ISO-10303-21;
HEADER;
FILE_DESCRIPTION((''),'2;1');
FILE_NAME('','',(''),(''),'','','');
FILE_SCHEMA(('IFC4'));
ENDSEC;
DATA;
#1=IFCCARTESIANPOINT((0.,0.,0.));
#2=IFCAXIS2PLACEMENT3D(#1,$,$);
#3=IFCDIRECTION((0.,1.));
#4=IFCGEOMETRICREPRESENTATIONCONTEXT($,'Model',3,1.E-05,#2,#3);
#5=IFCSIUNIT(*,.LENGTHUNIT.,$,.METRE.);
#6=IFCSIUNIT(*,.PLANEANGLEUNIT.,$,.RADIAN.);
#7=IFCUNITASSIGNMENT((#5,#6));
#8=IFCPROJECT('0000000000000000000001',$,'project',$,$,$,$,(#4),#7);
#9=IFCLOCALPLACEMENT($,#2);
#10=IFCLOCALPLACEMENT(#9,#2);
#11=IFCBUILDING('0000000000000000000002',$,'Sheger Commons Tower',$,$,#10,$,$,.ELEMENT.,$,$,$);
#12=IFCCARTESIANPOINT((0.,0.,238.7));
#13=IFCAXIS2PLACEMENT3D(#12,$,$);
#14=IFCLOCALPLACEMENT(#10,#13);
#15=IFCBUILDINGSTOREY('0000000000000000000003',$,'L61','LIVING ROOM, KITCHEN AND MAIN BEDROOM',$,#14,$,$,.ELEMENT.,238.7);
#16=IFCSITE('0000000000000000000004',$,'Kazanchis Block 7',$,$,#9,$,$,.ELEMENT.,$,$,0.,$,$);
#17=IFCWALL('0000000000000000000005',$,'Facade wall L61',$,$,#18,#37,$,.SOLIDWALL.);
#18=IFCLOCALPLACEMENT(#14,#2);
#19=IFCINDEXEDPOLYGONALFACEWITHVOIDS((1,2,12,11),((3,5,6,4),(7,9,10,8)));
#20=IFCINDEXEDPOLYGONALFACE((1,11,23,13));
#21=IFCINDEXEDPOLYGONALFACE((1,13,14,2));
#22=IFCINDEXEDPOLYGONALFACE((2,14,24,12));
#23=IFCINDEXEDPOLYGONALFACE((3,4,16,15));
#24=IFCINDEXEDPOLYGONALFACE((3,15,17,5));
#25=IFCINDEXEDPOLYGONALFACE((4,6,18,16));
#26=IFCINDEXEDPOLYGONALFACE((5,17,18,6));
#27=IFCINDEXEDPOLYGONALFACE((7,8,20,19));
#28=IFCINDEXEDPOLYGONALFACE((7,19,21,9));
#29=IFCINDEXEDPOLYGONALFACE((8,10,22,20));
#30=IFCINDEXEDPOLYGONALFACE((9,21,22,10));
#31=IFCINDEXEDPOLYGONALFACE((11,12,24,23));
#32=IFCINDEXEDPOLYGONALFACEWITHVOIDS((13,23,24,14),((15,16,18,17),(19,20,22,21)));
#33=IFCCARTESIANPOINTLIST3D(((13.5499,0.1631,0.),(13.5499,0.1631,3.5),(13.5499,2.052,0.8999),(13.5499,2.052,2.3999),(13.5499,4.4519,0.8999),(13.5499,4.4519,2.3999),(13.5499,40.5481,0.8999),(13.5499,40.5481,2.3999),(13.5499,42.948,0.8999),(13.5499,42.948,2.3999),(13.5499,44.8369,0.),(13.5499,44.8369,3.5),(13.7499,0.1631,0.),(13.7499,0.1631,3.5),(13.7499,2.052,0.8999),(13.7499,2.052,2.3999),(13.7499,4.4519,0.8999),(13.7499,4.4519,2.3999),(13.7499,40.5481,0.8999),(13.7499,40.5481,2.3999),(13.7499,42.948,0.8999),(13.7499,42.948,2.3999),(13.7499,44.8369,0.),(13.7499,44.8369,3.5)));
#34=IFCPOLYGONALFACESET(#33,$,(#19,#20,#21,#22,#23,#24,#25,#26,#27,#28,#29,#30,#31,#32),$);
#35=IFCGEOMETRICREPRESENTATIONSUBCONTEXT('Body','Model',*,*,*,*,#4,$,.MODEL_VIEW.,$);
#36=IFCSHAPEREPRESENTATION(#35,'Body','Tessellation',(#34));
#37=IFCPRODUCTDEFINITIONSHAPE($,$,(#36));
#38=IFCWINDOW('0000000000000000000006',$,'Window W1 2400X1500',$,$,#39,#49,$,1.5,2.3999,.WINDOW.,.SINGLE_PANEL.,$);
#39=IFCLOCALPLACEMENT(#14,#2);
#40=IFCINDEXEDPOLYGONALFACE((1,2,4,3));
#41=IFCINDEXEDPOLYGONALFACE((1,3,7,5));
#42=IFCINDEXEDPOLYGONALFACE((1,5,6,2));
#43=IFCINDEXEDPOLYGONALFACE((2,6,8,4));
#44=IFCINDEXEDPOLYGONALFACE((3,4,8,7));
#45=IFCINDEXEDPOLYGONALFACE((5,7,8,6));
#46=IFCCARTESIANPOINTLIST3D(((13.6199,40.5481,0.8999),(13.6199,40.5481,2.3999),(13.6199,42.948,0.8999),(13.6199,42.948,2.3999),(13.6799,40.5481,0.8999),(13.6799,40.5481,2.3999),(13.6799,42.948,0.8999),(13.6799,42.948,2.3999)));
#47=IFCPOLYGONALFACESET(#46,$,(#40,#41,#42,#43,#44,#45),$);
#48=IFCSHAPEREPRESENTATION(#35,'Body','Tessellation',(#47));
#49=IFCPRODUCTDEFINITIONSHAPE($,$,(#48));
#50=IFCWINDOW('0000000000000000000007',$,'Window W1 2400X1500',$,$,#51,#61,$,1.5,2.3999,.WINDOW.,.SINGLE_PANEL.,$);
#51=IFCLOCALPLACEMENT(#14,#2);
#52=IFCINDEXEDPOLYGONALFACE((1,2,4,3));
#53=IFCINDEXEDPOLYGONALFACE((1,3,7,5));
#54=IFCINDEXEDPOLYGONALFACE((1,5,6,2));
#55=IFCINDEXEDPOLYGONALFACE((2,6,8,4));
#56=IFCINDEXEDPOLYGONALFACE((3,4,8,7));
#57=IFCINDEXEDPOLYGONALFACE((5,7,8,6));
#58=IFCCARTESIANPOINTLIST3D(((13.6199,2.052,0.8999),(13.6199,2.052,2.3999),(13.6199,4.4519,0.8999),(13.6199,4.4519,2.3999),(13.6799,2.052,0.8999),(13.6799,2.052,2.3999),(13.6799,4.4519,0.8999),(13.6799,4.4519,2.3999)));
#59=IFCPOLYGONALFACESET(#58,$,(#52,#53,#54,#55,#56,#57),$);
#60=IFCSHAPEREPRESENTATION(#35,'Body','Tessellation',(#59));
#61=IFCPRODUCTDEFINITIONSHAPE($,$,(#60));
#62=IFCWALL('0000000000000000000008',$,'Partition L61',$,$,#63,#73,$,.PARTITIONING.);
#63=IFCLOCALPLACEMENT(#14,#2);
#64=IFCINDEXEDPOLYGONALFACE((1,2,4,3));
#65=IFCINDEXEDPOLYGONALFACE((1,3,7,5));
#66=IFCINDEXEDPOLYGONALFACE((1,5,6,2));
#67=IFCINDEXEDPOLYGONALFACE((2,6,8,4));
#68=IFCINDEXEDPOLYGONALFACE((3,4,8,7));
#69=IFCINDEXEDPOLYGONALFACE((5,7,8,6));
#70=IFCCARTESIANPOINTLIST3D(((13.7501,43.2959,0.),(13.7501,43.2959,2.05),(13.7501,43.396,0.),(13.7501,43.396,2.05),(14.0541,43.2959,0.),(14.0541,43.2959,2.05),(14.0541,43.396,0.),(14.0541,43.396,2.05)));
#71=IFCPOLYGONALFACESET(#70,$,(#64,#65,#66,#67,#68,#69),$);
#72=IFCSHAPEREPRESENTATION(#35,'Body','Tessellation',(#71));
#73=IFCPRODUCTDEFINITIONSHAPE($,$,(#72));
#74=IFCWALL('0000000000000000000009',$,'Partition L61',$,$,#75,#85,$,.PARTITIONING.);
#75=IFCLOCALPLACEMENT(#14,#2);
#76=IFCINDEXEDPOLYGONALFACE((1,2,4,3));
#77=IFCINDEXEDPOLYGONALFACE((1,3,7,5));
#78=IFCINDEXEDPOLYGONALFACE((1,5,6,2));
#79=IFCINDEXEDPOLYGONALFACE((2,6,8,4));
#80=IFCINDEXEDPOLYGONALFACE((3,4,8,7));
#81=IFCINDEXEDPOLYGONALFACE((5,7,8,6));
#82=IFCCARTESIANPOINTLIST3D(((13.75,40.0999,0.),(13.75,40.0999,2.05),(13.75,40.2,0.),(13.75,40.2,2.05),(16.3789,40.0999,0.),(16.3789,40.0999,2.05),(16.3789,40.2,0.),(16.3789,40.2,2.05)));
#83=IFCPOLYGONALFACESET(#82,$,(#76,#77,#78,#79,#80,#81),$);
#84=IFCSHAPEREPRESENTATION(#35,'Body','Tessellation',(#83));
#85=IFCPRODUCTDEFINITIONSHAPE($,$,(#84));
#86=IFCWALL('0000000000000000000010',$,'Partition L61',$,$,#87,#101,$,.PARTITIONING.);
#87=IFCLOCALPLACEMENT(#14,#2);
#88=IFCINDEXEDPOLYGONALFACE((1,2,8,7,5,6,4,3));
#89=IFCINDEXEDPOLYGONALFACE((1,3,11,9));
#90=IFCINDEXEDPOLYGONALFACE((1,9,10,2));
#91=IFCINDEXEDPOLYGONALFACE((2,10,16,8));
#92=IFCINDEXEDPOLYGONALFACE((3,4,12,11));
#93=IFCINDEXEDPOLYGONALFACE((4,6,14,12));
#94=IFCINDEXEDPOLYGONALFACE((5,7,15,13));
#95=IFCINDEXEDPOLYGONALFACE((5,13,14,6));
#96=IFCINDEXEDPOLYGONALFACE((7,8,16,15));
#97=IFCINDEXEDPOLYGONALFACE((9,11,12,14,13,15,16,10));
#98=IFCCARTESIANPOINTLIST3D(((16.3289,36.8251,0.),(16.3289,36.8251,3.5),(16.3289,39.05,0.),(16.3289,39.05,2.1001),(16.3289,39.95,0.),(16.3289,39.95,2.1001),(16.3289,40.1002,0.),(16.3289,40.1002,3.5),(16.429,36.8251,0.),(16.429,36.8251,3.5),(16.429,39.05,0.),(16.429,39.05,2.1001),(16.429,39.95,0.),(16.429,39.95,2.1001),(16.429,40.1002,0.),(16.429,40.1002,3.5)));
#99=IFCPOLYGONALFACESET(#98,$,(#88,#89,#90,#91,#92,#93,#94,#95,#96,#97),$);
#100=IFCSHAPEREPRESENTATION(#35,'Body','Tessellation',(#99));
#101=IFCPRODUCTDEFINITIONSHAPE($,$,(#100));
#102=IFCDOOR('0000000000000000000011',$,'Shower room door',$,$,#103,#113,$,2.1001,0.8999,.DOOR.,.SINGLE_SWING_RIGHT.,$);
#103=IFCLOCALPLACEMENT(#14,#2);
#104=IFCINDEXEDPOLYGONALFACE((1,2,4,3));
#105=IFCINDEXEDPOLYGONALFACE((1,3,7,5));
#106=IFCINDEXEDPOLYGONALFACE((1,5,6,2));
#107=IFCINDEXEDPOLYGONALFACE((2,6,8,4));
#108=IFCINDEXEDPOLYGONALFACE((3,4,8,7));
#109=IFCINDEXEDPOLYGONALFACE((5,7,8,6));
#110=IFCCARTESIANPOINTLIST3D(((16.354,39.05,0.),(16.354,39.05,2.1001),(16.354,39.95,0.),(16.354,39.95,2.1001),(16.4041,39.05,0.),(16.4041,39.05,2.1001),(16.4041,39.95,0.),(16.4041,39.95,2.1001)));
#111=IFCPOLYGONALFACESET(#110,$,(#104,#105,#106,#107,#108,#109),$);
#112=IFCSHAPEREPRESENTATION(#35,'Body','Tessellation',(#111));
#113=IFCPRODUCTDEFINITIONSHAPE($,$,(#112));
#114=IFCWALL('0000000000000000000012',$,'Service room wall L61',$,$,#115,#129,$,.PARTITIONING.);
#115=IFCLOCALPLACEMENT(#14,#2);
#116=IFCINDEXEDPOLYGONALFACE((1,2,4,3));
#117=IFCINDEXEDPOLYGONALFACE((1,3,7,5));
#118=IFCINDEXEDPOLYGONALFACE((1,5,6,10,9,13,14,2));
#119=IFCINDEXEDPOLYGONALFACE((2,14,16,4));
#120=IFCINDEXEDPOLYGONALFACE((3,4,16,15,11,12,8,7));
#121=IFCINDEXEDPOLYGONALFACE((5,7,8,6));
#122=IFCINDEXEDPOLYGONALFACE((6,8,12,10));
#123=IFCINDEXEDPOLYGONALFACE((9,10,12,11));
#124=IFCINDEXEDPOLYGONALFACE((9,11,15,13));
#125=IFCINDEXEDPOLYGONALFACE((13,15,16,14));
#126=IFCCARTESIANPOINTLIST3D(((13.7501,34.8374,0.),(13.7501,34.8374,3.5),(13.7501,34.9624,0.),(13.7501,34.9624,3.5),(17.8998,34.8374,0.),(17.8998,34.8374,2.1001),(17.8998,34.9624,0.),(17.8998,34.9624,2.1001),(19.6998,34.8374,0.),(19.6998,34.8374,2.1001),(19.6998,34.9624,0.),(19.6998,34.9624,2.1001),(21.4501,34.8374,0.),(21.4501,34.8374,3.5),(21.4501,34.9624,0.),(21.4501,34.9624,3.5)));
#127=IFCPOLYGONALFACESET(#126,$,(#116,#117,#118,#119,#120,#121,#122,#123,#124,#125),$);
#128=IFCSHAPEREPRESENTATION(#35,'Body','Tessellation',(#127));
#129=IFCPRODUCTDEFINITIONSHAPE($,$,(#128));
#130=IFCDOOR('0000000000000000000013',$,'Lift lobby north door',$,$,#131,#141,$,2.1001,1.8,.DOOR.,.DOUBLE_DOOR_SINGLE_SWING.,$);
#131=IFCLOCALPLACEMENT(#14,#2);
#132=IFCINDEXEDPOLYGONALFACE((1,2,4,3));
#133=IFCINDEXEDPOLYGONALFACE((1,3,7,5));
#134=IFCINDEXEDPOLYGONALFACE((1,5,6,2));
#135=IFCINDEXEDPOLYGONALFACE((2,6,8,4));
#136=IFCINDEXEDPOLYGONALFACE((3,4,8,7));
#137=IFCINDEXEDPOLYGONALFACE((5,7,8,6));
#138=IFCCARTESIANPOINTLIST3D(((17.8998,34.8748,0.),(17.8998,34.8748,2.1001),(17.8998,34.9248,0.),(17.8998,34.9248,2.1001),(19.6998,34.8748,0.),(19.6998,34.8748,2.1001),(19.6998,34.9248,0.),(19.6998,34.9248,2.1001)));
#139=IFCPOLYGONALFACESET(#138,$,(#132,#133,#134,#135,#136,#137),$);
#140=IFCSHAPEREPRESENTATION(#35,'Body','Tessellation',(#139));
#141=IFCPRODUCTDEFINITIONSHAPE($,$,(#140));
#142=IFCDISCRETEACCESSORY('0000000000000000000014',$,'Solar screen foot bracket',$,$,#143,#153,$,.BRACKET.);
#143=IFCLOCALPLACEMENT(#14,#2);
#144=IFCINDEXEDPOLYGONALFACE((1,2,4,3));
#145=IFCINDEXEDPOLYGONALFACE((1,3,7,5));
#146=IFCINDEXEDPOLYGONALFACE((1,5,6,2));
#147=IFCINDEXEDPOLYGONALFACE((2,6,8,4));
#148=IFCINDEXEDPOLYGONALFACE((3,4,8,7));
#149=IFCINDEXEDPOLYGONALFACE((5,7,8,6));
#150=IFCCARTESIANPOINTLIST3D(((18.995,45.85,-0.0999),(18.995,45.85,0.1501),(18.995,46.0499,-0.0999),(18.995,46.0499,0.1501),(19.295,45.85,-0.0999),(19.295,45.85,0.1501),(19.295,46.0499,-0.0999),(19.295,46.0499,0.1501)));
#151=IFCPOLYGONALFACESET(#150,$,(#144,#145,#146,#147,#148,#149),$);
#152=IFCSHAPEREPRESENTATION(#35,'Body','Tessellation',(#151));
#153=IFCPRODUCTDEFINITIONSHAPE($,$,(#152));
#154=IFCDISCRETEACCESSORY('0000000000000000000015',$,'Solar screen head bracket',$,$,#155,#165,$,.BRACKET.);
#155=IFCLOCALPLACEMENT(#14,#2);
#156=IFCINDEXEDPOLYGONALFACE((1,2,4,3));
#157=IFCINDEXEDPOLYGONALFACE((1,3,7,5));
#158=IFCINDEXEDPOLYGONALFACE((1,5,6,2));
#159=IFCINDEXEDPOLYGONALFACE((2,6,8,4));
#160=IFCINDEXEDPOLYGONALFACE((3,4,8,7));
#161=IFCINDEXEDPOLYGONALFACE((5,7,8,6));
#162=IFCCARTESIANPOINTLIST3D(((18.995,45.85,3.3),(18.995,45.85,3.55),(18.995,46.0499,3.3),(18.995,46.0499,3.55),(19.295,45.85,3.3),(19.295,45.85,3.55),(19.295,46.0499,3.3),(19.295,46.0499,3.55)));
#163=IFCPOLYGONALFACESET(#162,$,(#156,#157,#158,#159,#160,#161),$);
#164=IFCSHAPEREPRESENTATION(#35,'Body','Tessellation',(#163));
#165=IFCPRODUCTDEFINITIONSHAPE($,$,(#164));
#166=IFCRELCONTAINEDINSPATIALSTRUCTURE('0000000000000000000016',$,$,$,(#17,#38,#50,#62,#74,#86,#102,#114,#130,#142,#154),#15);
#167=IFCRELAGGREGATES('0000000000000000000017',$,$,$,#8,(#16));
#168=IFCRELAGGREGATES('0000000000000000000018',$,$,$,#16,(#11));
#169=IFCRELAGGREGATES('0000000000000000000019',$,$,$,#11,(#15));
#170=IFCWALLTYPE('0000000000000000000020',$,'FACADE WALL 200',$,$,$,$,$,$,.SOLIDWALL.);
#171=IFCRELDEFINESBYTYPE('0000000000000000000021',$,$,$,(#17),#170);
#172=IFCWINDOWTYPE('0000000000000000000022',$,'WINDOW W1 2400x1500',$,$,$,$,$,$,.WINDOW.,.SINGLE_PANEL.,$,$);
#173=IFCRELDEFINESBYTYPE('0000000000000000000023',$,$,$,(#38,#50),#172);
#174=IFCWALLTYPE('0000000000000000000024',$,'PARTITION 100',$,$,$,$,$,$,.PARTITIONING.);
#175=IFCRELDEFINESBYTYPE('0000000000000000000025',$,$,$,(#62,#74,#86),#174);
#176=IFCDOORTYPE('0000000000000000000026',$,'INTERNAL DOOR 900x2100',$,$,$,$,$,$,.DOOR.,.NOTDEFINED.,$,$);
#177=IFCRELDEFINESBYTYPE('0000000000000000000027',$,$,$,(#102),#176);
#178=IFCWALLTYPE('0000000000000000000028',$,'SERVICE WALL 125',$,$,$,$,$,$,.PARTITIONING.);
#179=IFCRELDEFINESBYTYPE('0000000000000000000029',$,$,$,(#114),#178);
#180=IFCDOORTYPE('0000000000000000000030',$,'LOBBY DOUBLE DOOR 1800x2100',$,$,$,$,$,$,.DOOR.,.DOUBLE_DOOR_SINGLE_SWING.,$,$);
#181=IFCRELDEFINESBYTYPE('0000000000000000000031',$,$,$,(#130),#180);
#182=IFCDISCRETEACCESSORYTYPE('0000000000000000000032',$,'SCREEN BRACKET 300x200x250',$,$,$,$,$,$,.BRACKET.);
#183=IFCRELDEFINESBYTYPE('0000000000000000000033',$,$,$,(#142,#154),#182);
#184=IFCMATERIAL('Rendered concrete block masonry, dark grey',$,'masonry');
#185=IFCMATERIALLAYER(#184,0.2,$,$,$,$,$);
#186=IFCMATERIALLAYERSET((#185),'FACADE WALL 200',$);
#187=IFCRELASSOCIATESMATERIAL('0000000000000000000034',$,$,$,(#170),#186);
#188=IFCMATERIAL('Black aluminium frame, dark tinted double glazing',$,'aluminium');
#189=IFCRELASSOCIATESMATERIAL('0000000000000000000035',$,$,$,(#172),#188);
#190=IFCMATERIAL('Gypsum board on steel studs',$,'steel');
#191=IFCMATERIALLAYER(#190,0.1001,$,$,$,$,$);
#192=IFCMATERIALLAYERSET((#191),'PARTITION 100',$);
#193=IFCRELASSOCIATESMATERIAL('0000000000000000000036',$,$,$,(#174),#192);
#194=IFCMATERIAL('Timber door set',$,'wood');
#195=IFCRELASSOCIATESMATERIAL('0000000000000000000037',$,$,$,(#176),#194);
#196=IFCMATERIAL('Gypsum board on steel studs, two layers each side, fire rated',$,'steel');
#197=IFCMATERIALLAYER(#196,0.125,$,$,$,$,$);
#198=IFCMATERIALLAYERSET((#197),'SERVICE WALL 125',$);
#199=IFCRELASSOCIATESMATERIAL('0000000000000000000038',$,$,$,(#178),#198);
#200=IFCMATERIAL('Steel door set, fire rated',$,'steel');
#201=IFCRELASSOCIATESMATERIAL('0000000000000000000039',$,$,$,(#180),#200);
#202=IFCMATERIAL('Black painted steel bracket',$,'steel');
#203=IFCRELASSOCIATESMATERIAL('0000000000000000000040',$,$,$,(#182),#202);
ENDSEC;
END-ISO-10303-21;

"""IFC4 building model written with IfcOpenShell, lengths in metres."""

from ifc_helpers import new_model, si_unit, direction, frame, frame_2d, origin, origin_2d, place, context, subcontext, project, spatial, rectangle, extrude, material, layer, layer_set, type_object, element, fill, save


model = new_model("IFC4")

# Units and contexts
model_context = context("Model", 3, precision=1e-05, world=origin(), true_north=direction((0.0, 1.0)))
body_context = subcontext(model_context, "Body", "Model", "MODEL_VIEW")
ifc_project = project(units=[si_unit("LENGTHUNIT", "METRE"), si_unit("PLANEANGLEUNIT", "RADIAN")], contexts=[model_context])

# Site, building, storey
site_placement = place(None, origin())
site = spatial("IfcSite", under=ifc_project, at=site_placement, Name="Kazanchis Block 7", CompositionType="ELEMENT", RefElevation=0.0)
building_placement = place(site_placement, origin())
building = spatial("IfcBuilding", under=site, at=building_placement, Name="Sheger Commons Tower", CompositionType="ELEMENT")
storey_placement = place(building_placement, frame((0.0, 0.0, 238.7)))
storey = spatial("IfcBuildingStorey", under=building, at=storey_placement, Name="L61", Description="LIVING ROOM, KITCHEN AND MAIN BEDROOM", CompositionType="ELEMENT", Elevation=238.7)

# Shared definitions
ifc_material_1 = material(Name="Rendered concrete block masonry, dark grey", Category="masonry")
ifc_layer_1 = layer(ifc_material_1, 0.2)
ifc_layer_set_1 = layer_set([ifc_layer_1], Name="FACADE WALL 200")
wall_type_1 = type_object("IfcWallType", Name="FACADE WALL 200", PredefinedType="SOLIDWALL", material=ifc_layer_set_1)

# Wall, openings, windows
wall_1_placement = place(storey_placement, frame((13.6499, 44.8369, 0.0), z_axis=(0.0, 0.0, 1.0), x_axis=(0.0, -1.0, 0.0)))
wall_1 = element("IfcWall", 1, at=wall_1_placement, inside=storey, type_object=wall_type_1, Name="Facade wall L61", PredefinedType="SOLIDWALL", context=body_context, shape_type="SweptSolid", body=[
    extrude(rectangle(XDim=44.6738, YDim=0.2, at=frame_2d((22.3369, 0.0))), origin(), (0.0, 0.0, 1.0), 3.5),
])
opening_1_placement = place(wall_1_placement, frame((1.8889, 0.0, 0.8999)))
opening_1 = element("IfcOpeningElement", 2, at=opening_1_placement, cuts=wall_1, PredefinedType="OPENING", context=body_context, shape_type="SweptSolid", body=[
    extrude(rectangle(XDim=2.3999, YDim=1.5, at=frame_2d((1.2, 0.75))), frame((0.0, 0.1099, 0.0), z_axis=(0.0, -1.0, 0.0), x_axis=(1.0, 0.0, 0.0)), (0.0, 0.0, 1.0), 0.22),
])
opening_2_placement = place(wall_1_placement, frame((40.385, 0.0, 0.8999)))
opening_2 = element("IfcOpeningElement", 3, at=opening_2_placement, cuts=wall_1, PredefinedType="OPENING", context=body_context, shape_type="SweptSolid", body=[
    extrude(rectangle(XDim=2.3999, YDim=1.5, at=frame_2d((1.2, 0.75))), frame((0.0, 0.1099, 0.0), z_axis=(0.0, -1.0, 0.0), x_axis=(1.0, 0.0, 0.0)), (0.0, 0.0, 1.0), 0.22),
])
ifc_material_2 = material(Name="Black aluminium frame, dark tinted double glazing", Category="aluminium")
window_type = type_object("IfcWindowType", Name="WINDOW W1 2400x1500", PartitioningType="SINGLE_PANEL", PredefinedType="WINDOW", material=ifc_material_2)
window_1_placement = place(opening_1_placement, origin())
window_1 = element("IfcWindow", 4, at=window_1_placement, inside=storey, type_object=window_type, Name="Window W1 2400X1500", OverallHeight=1.5, OverallWidth=2.3999, PartitioningType="SINGLE_PANEL", PredefinedType="WINDOW", context=body_context, shape_type="SweptSolid", body=[
    extrude(rectangle(XDim=2.3999, YDim=1.5, at=frame_2d((1.2, 0.75))), frame((0.0, 0.03, 0.0), z_axis=(0.0, -1.0, 0.0), x_axis=(1.0, 0.0, 0.0)), (0.0, 0.0, 1.0), 0.0601),
])
fill(opening_1, window_1)
window_2_placement = place(opening_2_placement, origin())
window_2 = element("IfcWindow", 5, at=window_2_placement, inside=storey, type_object=window_type, Name="Window W1 2400X1500", OverallHeight=1.5, OverallWidth=2.3999, PartitioningType="SINGLE_PANEL", PredefinedType="WINDOW", context=body_context, shape_type="SweptSolid", body=[
    extrude(rectangle(XDim=2.3999, YDim=1.5, at=frame_2d((1.2, 0.75))), frame((0.0, 0.03, 0.0), z_axis=(0.0, -1.0, 0.0), x_axis=(1.0, 0.0, 0.0)), (0.0, 0.0, 1.0), 0.0601),
])
fill(opening_2, window_2)

# Walls
ifc_material_3 = material(Name="Gypsum board on steel studs", Category="steel")
ifc_layer_2 = layer(ifc_material_3, 0.1001)
ifc_layer_set_2 = layer_set([ifc_layer_2], Name="PARTITION 100")
wall_type_2 = type_object("IfcWallType", Name="PARTITION 100", PredefinedType="PARTITIONING", material=ifc_layer_set_2)
wall_2_placement = place(storey_placement, frame((14.054, 43.3459, 0.0), z_axis=(0.0, 0.0, 1.0), x_axis=(-1.0, 0.0, 0.0)))
element("IfcWall", 6, at=wall_2_placement, inside=storey, type_object=wall_type_2, Name="Partition L61", PredefinedType="PARTITIONING", context=body_context, shape_type="SweptSolid", body=[
    extrude(rectangle(XDim=0.304, YDim=0.1001, at=frame_2d((0.1519, 0.0))), origin(), (0.0, 0.0, 1.0), 2.05),
])
wall_3_placement = place(storey_placement, frame((13.75, 40.1499, 0.0), z_axis=(0.0, 0.0, 1.0), x_axis=(1.0, 0.0, 0.0)))
element("IfcWall", 7, at=wall_3_placement, inside=storey, type_object=wall_type_2, Name="Partition L61", PredefinedType="PARTITIONING", context=body_context, shape_type="SweptSolid", body=[
    extrude(rectangle(XDim=2.6289, YDim=0.1001, at=frame_2d((1.3145, 0.0))), origin(), (0.0, 0.0, 1.0), 2.05),
])

# Walls, openings, doors
wall_4_placement = place(storey_placement, frame((16.3789, 36.825, 0.0), z_axis=(0.0, 0.0, 1.0), x_axis=(0.0, 1.0, 0.0)))
wall_4 = element("IfcWall", 8, at=wall_4_placement, inside=storey, type_object=wall_type_2, Name="Partition L61", PredefinedType="PARTITIONING", context=body_context, shape_type="SweptSolid", body=[
    extrude(rectangle(XDim=3.2751, YDim=0.1001, at=frame_2d((1.6377, 0.0))), origin(), (0.0, 0.0, 1.0), 3.5),
])
opening_3_placement = place(wall_4_placement, frame((2.2251, 0.0, 0.0)))
opening_3 = element("IfcOpeningElement", 9, at=opening_3_placement, cuts=wall_4, PredefinedType="OPENING", context=body_context, shape_type="SweptSolid", body=[
    extrude(rectangle(XDim=0.8999, YDim=2.1001, at=frame_2d((0.45, 1.05))), frame((0.0, 0.0601, 0.0), z_axis=(0.0, -1.0, 0.0), x_axis=(1.0, 0.0, 0.0)), (0.0, 0.0, 1.0), 0.1201),
])
ifc_material_4 = material(Name="Timber door set", Category="wood")
door_type_1 = type_object("IfcDoorType", Name="INTERNAL DOOR 900x2100", OperationType="NOTDEFINED", PredefinedType="DOOR", material=ifc_material_4)
door_1_placement = place(opening_3_placement, origin())
door_1 = element("IfcDoor", 10, at=door_1_placement, inside=storey, type_object=door_type_1, Name="Shower room door", OperationType="SINGLE_SWING_RIGHT", OverallHeight=2.1001, OverallWidth=0.8999, PredefinedType="DOOR", context=body_context, shape_type="SweptSolid", body=[
    extrude(rectangle(XDim=0.8999, YDim=2.1001, at=frame_2d((0.45, 1.05))), frame((0.0, 0.0249, 0.0), z_axis=(0.0, -1.0, 0.0), x_axis=(1.0, 0.0, 0.0)), (0.0, 0.0, 1.0), 0.05),
])
fill(opening_3, door_1)
ifc_material_5 = material(Name="Gypsum board on steel studs, two layers each side, fire rated", Category="steel")
ifc_layer_3 = layer(ifc_material_5, 0.125)
ifc_layer_set_3 = layer_set([ifc_layer_3], Name="SERVICE WALL 125")
wall_type_3 = type_object("IfcWallType", Name="SERVICE WALL 125", PredefinedType="PARTITIONING", material=ifc_layer_set_3)
wall_5_placement = place(storey_placement, frame((13.75, 34.8999, 0.0), z_axis=(0.0, 0.0, 1.0), x_axis=(1.0, 0.0, 0.0)))
wall_5 = element("IfcWall", 11, at=wall_5_placement, inside=storey, type_object=wall_type_3, Name="Service room wall L61", PredefinedType="PARTITIONING", context=body_context, shape_type="SweptSolid", body=[
    extrude(rectangle(XDim=7.7, YDim=0.125, at=frame_2d((3.8501, 0.0))), origin(), (0.0, 0.0, 1.0), 3.5),
])
opening_4_placement = place(wall_5_placement, frame((4.1499, 0.0, 0.0)))
opening_4 = element("IfcOpeningElement", 12, at=opening_4_placement, cuts=wall_5, PredefinedType="OPENING", context=body_context, shape_type="SweptSolid", body=[
    extrude(rectangle(XDim=1.8, YDim=2.1001, at=frame_2d((0.8999, 1.05))), frame((0.0, 0.0725, 0.0), z_axis=(0.0, -1.0, 0.0), x_axis=(1.0, 0.0, 0.0)), (0.0, 0.0, 1.0), 0.145),
])
ifc_material_6 = material(Name="Steel door set, fire rated", Category="steel")
door_type_2 = type_object("IfcDoorType", Name="LOBBY DOUBLE DOOR 1800x2100", OperationType="DOUBLE_DOOR_SINGLE_SWING", PredefinedType="DOOR", material=ifc_material_6)
door_2_placement = place(opening_4_placement, origin())
door_2 = element("IfcDoor", 13, at=door_2_placement, inside=storey, type_object=door_type_2, Name="Lift lobby north door", OperationType="DOUBLE_DOOR_SINGLE_SWING", OverallHeight=2.1001, OverallWidth=1.8, PredefinedType="DOOR", context=body_context, shape_type="SweptSolid", body=[
    extrude(rectangle(XDim=1.8, YDim=2.1001, at=frame_2d((0.8999, 1.05))), frame((0.0, 0.0249, 0.0), z_axis=(0.0, -1.0, 0.0), x_axis=(1.0, 0.0, 0.0)), (0.0, 0.0, 1.0), 0.05),
])
fill(opening_4, door_2)

# Discrete accessories
ifc_material_7 = material(Name="Black painted steel bracket", Category="steel")
discrete_accessory_type = type_object("IfcDiscreteAccessoryType", Name="SCREEN BRACKET 300x200x250", PredefinedType="BRACKET", material=ifc_material_7)
for number, where, z_axis, x_axis, name in (
    (14, (19.145, 45.95, -0.0999), (0.0, 0.0, 1.0), (-1.0, 0.0, 0.0), "Solar screen foot bracket"),
    (15, (19.145, 45.95, 3.3), (0.0, 0.0, 1.0), (-1.0, 0.0, 0.0), "Solar screen head bracket"),
):
    element("IfcDiscreteAccessory", number, at=place(storey_placement, frame(where, z_axis=z_axis, x_axis=x_axis)), inside=storey, type_object=discrete_accessory_type, Name=name, PredefinedType="BRACKET", context=body_context, shape_type="SweptSolid", body=[
        extrude(rectangle(XDim=0.3, YDim=0.2, at=origin_2d()), origin(), (0.0, 0.0, 1.0), 0.25),
    ])

save(model, "model.ifc")
